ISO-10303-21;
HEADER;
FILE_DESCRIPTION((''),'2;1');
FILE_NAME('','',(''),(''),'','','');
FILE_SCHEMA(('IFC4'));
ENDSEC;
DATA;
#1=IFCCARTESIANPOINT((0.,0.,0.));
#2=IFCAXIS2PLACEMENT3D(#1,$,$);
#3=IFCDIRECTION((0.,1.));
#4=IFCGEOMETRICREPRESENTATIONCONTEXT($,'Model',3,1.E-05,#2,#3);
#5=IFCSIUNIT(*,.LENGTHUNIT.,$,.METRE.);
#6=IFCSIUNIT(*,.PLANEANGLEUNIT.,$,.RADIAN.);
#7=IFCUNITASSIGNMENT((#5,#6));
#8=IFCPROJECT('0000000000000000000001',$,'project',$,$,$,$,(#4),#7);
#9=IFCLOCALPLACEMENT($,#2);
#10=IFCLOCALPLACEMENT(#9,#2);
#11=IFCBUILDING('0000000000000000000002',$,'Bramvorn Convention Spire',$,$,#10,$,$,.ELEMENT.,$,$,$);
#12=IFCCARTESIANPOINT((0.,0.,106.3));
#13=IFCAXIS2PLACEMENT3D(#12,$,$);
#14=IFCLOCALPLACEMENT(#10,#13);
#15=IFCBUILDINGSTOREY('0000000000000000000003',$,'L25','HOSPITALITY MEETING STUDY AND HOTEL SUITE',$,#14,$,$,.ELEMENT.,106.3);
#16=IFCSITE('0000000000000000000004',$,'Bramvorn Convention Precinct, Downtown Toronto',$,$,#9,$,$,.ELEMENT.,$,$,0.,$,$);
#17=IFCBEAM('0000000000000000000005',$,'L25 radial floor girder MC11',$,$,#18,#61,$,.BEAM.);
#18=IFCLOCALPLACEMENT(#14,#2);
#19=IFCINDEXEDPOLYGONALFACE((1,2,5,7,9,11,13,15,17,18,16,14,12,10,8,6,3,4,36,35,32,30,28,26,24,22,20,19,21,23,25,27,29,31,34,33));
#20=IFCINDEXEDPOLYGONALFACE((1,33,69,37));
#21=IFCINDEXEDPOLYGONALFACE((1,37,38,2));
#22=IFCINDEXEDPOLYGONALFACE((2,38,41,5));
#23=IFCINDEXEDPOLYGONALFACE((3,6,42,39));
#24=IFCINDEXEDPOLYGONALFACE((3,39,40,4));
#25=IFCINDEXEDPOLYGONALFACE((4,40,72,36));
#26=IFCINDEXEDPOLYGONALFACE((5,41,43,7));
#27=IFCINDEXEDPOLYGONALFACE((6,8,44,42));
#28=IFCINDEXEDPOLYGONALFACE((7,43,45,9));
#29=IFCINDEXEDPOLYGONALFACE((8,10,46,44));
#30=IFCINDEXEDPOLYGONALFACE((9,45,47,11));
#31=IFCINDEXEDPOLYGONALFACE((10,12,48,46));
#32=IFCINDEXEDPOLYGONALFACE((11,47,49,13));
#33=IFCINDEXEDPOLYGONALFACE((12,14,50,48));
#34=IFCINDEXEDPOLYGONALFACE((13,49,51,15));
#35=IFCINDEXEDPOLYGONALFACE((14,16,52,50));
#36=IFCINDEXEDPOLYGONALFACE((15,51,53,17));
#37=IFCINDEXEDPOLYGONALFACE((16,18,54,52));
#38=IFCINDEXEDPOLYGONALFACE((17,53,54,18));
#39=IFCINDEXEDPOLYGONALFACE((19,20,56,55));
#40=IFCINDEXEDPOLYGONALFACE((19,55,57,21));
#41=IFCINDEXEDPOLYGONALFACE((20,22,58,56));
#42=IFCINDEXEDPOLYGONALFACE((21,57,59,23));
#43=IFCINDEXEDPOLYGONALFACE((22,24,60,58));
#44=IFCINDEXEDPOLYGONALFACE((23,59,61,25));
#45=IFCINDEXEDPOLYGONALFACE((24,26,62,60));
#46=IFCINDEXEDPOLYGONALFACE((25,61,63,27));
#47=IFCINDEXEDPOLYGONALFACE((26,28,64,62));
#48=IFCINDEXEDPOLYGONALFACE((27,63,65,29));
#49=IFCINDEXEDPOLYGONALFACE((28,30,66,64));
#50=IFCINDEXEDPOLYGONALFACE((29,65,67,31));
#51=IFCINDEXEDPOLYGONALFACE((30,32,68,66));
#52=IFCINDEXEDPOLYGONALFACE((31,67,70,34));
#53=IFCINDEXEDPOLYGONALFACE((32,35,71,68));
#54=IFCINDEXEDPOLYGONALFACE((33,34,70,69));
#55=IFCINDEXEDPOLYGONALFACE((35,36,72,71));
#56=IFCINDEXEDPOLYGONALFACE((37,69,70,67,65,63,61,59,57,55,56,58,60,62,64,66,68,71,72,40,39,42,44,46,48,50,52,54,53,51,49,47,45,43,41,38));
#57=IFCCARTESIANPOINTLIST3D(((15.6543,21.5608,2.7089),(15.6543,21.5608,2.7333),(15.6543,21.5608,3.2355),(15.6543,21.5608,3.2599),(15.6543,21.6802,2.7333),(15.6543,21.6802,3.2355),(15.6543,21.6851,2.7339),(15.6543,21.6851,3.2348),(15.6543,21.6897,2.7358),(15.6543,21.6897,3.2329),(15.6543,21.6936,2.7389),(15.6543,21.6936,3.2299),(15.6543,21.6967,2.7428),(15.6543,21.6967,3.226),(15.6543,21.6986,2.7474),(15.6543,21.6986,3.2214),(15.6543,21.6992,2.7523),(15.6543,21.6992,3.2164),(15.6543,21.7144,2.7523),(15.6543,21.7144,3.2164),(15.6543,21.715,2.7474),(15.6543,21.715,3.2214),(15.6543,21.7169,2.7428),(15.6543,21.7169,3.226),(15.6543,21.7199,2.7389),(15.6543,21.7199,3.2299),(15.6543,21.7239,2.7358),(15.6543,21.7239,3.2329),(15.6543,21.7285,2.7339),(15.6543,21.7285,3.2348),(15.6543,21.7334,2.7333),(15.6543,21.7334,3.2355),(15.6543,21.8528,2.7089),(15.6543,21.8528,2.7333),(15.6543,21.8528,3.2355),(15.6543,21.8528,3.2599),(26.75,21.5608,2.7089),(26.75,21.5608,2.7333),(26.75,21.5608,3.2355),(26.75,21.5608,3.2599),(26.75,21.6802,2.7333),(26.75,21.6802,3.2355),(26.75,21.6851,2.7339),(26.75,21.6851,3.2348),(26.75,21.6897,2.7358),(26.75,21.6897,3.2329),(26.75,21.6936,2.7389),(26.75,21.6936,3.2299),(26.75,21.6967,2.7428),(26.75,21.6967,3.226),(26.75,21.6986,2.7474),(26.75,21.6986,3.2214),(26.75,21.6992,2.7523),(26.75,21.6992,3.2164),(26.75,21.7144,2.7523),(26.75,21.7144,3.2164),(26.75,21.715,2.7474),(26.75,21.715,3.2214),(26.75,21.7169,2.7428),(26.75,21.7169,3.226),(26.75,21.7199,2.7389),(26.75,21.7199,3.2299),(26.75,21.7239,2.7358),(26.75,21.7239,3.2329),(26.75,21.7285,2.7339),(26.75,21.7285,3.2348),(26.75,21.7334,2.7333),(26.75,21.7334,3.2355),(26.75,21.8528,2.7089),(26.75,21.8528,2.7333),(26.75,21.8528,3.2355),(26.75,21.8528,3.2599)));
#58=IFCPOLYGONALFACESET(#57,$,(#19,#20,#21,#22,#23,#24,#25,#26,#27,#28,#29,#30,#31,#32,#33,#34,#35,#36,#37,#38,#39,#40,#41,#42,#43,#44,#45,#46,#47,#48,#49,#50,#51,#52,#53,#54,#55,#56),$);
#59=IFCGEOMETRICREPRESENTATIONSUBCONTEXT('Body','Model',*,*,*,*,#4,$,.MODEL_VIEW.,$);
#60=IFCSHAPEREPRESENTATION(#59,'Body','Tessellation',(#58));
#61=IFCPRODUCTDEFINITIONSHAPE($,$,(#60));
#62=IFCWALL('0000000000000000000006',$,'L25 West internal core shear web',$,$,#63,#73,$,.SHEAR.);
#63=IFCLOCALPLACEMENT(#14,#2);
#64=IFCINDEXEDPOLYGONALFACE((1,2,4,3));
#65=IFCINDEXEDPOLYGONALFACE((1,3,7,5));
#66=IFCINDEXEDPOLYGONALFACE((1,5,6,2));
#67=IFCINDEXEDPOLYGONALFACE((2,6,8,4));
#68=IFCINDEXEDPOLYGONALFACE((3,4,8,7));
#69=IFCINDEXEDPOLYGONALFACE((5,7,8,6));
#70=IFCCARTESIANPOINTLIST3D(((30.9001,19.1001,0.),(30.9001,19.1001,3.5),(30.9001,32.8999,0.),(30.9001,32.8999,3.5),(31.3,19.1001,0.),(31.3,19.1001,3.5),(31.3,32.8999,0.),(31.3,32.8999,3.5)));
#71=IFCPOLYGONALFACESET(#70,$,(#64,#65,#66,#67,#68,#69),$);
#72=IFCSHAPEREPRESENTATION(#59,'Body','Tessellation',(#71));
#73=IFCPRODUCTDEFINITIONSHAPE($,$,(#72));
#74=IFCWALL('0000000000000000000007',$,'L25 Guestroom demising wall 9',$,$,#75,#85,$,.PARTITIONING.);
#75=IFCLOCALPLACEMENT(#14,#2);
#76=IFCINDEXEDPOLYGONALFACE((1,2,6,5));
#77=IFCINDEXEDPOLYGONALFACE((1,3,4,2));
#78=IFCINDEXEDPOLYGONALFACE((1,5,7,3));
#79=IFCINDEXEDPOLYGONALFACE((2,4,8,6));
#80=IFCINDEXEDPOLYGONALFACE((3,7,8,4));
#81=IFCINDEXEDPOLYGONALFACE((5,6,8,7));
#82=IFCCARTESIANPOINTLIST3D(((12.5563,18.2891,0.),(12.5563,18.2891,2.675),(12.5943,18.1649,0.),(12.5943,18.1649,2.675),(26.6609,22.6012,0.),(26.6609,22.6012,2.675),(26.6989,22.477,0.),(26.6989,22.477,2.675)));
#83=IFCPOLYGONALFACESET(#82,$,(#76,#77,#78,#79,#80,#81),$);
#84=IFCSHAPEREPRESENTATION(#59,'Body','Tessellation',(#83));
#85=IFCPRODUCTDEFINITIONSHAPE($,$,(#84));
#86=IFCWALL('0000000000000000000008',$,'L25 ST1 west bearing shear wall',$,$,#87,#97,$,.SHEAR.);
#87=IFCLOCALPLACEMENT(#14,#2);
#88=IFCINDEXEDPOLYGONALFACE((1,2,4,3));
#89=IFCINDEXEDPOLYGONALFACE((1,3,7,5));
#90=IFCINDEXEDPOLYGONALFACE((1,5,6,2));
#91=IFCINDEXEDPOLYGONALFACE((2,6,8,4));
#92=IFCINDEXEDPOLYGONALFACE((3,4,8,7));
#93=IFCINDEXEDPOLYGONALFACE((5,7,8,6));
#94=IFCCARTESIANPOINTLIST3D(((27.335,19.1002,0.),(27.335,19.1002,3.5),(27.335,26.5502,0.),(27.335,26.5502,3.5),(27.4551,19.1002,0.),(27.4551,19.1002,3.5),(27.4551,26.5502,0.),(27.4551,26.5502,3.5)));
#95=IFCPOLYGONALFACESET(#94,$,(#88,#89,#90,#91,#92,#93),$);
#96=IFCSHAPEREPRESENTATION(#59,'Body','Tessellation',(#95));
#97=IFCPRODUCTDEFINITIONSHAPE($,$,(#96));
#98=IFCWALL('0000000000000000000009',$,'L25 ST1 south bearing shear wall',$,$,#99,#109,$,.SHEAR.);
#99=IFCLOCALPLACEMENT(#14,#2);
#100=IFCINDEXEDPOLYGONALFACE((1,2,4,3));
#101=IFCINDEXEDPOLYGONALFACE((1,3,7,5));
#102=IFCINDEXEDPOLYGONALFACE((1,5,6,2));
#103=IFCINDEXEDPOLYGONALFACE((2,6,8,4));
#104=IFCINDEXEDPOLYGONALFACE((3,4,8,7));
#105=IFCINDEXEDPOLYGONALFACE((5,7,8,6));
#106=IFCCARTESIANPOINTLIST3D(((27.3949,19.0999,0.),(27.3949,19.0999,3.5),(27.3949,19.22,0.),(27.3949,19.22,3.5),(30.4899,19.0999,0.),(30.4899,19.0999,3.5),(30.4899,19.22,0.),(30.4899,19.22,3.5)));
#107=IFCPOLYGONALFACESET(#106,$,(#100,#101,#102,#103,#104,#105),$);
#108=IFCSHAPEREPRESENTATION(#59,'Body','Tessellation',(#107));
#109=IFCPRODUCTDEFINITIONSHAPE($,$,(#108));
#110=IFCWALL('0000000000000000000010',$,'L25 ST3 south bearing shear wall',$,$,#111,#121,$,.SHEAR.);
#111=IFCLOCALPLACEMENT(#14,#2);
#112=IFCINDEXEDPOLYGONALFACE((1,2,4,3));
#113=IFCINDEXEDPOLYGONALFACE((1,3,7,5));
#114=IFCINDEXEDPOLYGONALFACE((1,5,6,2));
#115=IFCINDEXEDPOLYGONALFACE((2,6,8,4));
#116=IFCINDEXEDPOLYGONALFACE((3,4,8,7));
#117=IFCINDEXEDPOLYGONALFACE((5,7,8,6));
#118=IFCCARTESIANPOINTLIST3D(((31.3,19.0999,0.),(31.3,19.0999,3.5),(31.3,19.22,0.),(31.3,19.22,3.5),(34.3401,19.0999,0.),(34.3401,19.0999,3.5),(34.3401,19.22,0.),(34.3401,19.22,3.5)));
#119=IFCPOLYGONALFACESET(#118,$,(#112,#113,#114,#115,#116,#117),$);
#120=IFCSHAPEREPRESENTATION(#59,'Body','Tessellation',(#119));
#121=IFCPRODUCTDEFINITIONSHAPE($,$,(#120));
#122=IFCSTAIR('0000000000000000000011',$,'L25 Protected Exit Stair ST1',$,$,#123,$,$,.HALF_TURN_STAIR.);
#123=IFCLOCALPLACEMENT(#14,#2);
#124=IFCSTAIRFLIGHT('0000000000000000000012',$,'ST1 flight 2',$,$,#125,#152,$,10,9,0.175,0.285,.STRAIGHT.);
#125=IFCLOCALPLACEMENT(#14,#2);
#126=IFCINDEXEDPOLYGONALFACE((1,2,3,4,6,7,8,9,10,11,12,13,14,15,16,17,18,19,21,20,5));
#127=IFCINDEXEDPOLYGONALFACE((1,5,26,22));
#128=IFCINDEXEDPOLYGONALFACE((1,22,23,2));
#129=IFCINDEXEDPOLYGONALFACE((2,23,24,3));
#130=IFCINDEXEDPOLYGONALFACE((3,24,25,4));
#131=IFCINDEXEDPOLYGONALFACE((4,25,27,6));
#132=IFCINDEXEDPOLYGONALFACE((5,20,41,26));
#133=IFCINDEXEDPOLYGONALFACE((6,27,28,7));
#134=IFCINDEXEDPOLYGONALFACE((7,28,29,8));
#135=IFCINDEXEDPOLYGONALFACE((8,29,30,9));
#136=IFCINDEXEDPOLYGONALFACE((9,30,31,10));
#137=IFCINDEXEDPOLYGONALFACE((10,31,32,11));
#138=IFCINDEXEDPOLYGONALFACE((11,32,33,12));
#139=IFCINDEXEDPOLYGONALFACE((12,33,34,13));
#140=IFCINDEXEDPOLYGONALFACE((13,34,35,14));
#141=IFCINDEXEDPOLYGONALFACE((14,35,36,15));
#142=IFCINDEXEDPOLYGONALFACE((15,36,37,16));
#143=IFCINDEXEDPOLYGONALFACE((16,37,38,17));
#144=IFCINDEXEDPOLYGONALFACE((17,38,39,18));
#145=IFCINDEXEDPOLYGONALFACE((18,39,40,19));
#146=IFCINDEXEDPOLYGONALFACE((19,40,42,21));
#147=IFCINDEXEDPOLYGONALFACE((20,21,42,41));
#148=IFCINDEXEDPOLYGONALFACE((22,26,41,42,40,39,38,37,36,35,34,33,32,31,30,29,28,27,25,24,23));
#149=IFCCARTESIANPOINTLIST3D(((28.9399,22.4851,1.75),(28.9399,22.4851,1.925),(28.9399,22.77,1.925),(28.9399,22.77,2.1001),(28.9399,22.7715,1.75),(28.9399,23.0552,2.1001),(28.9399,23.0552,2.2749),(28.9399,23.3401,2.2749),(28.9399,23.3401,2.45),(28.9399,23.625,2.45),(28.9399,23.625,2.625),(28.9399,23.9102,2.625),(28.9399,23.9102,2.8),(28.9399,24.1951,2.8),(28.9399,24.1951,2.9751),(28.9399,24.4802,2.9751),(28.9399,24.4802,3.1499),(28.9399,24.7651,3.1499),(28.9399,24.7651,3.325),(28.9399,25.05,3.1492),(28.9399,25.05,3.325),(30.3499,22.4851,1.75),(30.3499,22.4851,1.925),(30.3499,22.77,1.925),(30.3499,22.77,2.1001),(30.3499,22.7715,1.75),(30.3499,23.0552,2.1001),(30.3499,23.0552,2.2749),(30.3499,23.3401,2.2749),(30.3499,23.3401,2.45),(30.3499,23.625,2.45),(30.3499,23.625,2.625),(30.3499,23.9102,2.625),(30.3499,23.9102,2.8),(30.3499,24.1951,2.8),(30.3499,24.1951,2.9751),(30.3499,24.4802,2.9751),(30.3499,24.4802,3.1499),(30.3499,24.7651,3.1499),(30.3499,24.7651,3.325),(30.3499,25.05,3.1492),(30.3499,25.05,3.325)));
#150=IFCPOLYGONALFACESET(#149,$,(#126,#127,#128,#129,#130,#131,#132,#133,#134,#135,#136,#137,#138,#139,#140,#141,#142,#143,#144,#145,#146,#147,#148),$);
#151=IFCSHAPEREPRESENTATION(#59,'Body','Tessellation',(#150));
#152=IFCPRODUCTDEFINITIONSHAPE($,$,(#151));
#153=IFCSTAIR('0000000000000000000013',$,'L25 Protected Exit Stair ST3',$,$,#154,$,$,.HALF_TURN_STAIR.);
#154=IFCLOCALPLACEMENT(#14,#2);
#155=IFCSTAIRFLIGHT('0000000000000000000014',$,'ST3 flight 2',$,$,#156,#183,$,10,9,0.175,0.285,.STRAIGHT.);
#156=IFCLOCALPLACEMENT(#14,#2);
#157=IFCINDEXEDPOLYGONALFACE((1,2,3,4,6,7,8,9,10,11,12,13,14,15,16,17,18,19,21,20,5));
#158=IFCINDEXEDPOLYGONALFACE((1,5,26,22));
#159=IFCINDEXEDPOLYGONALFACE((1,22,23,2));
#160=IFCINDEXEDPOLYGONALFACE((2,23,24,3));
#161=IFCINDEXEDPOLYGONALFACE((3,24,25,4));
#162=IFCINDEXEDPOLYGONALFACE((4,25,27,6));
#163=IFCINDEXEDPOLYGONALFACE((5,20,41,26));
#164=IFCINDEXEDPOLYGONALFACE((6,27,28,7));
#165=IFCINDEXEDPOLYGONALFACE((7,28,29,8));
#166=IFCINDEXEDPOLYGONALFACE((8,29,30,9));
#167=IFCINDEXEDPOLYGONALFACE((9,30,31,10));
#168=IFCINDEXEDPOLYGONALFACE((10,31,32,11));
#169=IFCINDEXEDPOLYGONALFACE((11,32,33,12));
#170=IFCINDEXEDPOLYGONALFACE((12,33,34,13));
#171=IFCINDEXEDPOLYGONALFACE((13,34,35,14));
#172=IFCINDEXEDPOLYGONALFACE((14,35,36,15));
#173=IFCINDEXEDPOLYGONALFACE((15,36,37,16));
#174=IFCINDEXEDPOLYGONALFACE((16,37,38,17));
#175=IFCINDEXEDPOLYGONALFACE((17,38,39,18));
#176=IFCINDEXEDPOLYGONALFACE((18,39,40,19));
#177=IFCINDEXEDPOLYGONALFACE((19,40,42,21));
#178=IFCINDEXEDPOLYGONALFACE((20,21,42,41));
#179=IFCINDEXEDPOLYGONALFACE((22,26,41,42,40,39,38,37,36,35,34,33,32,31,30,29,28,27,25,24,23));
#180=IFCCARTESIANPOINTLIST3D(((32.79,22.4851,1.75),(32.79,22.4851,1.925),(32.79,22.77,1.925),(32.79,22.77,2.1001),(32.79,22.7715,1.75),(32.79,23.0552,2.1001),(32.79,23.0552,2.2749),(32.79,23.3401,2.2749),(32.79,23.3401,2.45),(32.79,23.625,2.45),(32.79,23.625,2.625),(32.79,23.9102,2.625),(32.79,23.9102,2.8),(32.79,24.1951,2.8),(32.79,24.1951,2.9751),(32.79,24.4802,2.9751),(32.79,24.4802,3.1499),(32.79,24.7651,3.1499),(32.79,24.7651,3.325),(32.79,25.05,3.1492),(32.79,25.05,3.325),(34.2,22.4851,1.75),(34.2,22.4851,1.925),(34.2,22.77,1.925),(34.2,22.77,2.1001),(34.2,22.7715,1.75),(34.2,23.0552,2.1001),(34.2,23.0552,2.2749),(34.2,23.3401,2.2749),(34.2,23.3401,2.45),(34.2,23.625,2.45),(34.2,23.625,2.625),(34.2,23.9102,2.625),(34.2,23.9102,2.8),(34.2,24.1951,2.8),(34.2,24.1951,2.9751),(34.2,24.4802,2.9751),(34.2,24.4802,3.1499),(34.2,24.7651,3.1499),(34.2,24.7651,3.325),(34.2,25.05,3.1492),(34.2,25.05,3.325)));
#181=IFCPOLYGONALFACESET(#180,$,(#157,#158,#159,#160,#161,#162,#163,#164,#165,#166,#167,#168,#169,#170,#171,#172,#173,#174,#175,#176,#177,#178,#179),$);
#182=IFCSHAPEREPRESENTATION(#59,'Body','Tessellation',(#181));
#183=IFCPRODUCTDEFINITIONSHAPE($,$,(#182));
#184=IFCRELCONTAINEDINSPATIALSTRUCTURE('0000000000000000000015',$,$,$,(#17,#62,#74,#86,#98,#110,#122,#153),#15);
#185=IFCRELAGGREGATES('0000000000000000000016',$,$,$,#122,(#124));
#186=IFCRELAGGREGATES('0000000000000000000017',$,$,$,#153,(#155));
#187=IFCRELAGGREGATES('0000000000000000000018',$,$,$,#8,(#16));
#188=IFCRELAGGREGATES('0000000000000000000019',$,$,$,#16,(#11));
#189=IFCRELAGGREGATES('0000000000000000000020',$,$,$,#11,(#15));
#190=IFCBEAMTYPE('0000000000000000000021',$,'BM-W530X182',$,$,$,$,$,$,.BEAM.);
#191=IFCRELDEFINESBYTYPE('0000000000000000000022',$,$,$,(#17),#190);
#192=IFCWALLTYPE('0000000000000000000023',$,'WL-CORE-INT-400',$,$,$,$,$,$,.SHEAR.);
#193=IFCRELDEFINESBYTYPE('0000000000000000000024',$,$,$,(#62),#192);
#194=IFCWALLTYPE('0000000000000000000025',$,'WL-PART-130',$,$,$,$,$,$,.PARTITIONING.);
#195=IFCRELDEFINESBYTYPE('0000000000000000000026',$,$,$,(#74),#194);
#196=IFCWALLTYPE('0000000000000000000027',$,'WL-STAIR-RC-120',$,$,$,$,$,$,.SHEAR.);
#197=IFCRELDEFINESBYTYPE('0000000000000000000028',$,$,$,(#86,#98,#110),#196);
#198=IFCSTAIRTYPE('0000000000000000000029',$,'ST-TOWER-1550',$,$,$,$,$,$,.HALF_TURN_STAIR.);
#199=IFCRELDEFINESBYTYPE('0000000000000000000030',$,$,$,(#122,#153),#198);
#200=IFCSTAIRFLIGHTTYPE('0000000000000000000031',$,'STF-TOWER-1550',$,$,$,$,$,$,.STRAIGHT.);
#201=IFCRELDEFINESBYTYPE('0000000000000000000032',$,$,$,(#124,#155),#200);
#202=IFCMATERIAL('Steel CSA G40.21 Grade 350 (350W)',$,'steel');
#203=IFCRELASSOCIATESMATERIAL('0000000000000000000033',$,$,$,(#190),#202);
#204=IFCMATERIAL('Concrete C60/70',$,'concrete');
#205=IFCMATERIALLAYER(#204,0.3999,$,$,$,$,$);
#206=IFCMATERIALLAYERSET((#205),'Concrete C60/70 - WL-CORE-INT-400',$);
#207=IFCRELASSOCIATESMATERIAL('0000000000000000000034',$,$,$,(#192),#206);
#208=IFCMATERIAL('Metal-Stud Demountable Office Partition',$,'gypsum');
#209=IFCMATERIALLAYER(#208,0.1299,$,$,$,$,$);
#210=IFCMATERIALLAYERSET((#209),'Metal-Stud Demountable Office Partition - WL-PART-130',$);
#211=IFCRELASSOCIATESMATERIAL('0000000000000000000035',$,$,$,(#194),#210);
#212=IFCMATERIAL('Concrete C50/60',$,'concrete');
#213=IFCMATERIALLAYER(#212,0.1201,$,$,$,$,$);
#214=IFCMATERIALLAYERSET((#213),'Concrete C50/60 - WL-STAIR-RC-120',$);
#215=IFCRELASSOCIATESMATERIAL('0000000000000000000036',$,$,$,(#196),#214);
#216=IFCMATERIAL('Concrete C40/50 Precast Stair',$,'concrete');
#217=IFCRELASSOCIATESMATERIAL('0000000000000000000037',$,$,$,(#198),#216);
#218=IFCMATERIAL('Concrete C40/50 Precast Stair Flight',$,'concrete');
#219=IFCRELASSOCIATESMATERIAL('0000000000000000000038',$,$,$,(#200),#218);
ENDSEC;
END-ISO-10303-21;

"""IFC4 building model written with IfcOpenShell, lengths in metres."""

from ifc_helpers import new_model, si_unit, direction, frame, frame_2d, origin, origin_2d, place, context, subcontext, project, spatial, polyline, rectangle, i_section, outline, extrude, material, layer, layer_set, material_profile, profile_set, type_object, element, aggregate, save


model = new_model("IFC4")

# Units and contexts
model_context = context("Model", 3, precision=1e-05, world=origin(), true_north=direction((0.0, 1.0)))
body_context = subcontext(model_context, "Body", "Model", "MODEL_VIEW")
ifc_project = project(units=[si_unit("LENGTHUNIT", "METRE"), si_unit("PLANEANGLEUNIT", "RADIAN")], contexts=[model_context])

# Site, building, storey
site_placement = place(None, origin())
site = spatial("IfcSite", under=ifc_project, at=site_placement, Name="Bramvorn Convention Precinct, Downtown Toronto", CompositionType="ELEMENT", RefElevation=0.0)
building_placement = place(site_placement, origin())
building = spatial("IfcBuilding", under=site, at=building_placement, Name="Bramvorn Convention Spire", CompositionType="ELEMENT")
storey_placement = place(building_placement, frame((0.0, 0.0, 106.3)))
storey = spatial("IfcBuildingStorey", under=building, at=storey_placement, Name="L25", Description="HOSPITALITY MEETING STUDY AND HOTEL SUITE", CompositionType="ELEMENT", Elevation=106.3)

# Beam
ifc_material_1 = material(Name="Steel CSA G40.21 Grade 350 (350W)", Category="steel")
ifc_material_profile = material_profile(ifc_material_1, i_section(OverallWidth=0.292, OverallDepth=0.551, WebThickness=0.0151, FlangeThickness=0.0244, FilletRadius=0.019, at=origin_2d()))
ifc_profile_set = profile_set([ifc_material_profile], Name="Steel CSA G40.21 Grade 350 (350W) - W530X182")
beam_type = type_object("IfcBeamType", Name="BM-W530X182", PredefinedType="BEAM", material=ifc_profile_set)
beam_placement = place(storey_placement, frame((26.75, 21.7068, 2.9844), z_axis=(-1.0, 0.0, 0.0), x_axis=(0.0, -1.0, 0.0)))
element("IfcBeam", 1, at=beam_placement, inside=storey, type_object=beam_type, Name="L25 radial floor girder MC11", PredefinedType="BEAM", context=body_context, shape_type="SweptSolid", body=[
    extrude(i_section(OverallWidth=0.292, OverallDepth=0.551, WebThickness=0.0151, FlangeThickness=0.0244, FilletRadius=0.019, at=origin_2d()), origin(), (0.0, 0.0, 1.0), 11.0957),
])

# Walls
ifc_material_2 = material(Name="Concrete C60/70", Category="concrete")
ifc_layer_1 = layer(ifc_material_2, 0.3999)
ifc_layer_set_1 = layer_set([ifc_layer_1], Name="Concrete C60/70 - WL-CORE-INT-400")
wall_type_1 = type_object("IfcWallType", Name="WL-CORE-INT-400", PredefinedType="SHEAR", material=ifc_layer_set_1)
wall_1_placement = place(storey_placement, frame((31.1001, 19.1001, 0.0), z_axis=(0.0, 0.0, 1.0), x_axis=(0.0, 1.0, 0.0)))
element("IfcWall", 2, at=wall_1_placement, inside=storey, type_object=wall_type_1, Name="L25 West internal core shear web", PredefinedType="SHEAR", context=body_context, shape_type="SweptSolid", body=[
    extrude(rectangle(XDim=13.7998, YDim=0.3999, at=frame_2d((6.8999, 0.0))), origin(), (0.0, 0.0, 1.0), 3.5),
])
ifc_material_3 = material(Name="Metal-Stud Demountable Office Partition", Category="gypsum")
ifc_layer_2 = layer(ifc_material_3, 0.1299)
ifc_layer_set_2 = layer_set([ifc_layer_2], Name="Metal-Stud Demountable Office Partition - WL-PART-130")
wall_type_2 = type_object("IfcWallType", Name="WL-PART-130", PredefinedType="PARTITIONING", material=ifc_layer_set_2)
wall_2_placement = place(storey_placement, frame((26.6799, 22.5391, 0.0), z_axis=(0.0, 0.0, 1.0), x_axis=(-0.956308, -0.292362, 0.0)))
element("IfcWall", 3, at=wall_2_placement, inside=storey, type_object=wall_type_2, Name="L25 Guestroom demising wall 9", PredefinedType="PARTITIONING", context=body_context, shape_type="SweptSolid", body=[
    extrude(rectangle(XDim=14.749, YDim=0.1299, at=frame_2d((7.3745, 0.0))), origin(), (0.0, 0.0, 1.0), 2.675),
])
ifc_material_4 = material(Name="Concrete C50/60", Category="concrete")
ifc_layer_3 = layer(ifc_material_4, 0.1201)
ifc_layer_set_3 = layer_set([ifc_layer_3], Name="Concrete C50/60 - WL-STAIR-RC-120")
wall_type_3 = type_object("IfcWallType", Name="WL-STAIR-RC-120", PredefinedType="SHEAR", material=ifc_layer_set_3)
wall_3_placement = place(storey_placement, frame((27.395, 19.1001, 0.0), z_axis=(0.0, 0.0, 1.0), x_axis=(0.0, 1.0, 0.0)))
element("IfcWall", 4, at=wall_3_placement, inside=storey, type_object=wall_type_3, Name="L25 ST1 west bearing shear wall", PredefinedType="SHEAR", context=body_context, shape_type="SweptSolid", body=[
    extrude(rectangle(XDim=7.45, YDim=0.1201, at=frame_2d((3.7251, 0.0))), origin(), (0.0, 0.0, 1.0), 3.5),
])
wall_4_placement = place(storey_placement, frame((27.395, 19.1599, 0.0), z_axis=(0.0, 0.0, 1.0), x_axis=(1.0, 0.0, 0.0)))
element("IfcWall", 5, at=wall_4_placement, inside=storey, type_object=wall_type_3, Name="L25 ST1 south bearing shear wall", PredefinedType="SHEAR", context=body_context, shape_type="SweptSolid", body=[
    extrude(rectangle(XDim=3.095, YDim=0.1201, at=frame_2d((1.5474, 0.0))), origin(), (0.0, 0.0, 1.0), 3.5),
])
wall_5_placement = place(storey_placement, frame((31.3, 19.1599, 0.0), z_axis=(0.0, 0.0, 1.0), x_axis=(1.0, 0.0, 0.0)))
element("IfcWall", 6, at=wall_5_placement, inside=storey, type_object=wall_type_3, Name="L25 ST3 south bearing shear wall", PredefinedType="SHEAR", context=body_context, shape_type="SweptSolid", body=[
    extrude(rectangle(XDim=3.04, YDim=0.1201, at=frame_2d((1.52, 0.0))), origin(), (0.0, 0.0, 1.0), 3.5),
])

# Stairs, stair flights
ifc_material_5 = material(Name="Concrete C40/50 Precast Stair", Category="concrete")
stair_type = type_object("IfcStairType", Name="ST-TOWER-1550", PredefinedType="HALF_TURN_STAIR", material=ifc_material_5)
stair_1_placement = place(storey_placement, origin())
stair_1 = element("IfcStair", 7, at=stair_1_placement, inside=storey, type_object=stair_type, Name="L25 Protected Exit Stair ST1", PredefinedType="HALF_TURN_STAIR")
ifc_material_6 = material(Name="Concrete C40/50 Precast Stair Flight", Category="concrete")
stair_flight_type = type_object("IfcStairFlightType", Name="STF-TOWER-1550", PredefinedType="STRAIGHT", material=ifc_material_6)
stair_flight_1_placement = place(storey_placement, frame((29.645, 22.4851, 1.75), z_axis=(0.0, 0.0, 1.0), x_axis=(0.0, 1.0, 0.0)))
stair_flight_1 = element("IfcStairFlight", 8, at=stair_flight_1_placement, type_object=stair_flight_type, Name="ST1 flight 2", NumberOfRisers=10, NumberOfTreads=9, PredefinedType="STRAIGHT", RiserHeight=0.175, TreadLength=0.285, context=body_context, shape_type="SweptSolid", body=[
    extrude(outline(polyline([(0.0, 0.0), (0.0, 0.175), (0.2849, 0.175), (0.2849, 0.3501), (0.5701, 0.3501), (0.5701, 0.5249), (0.855, 0.5249), (0.855, 0.7), (1.1399, 0.7), (1.1399, 0.875), (1.425, 0.875), (1.425, 1.05), (1.71, 1.05), (1.71, 1.2251), (1.9951, 1.2251), (1.9951, 1.3999), (2.28, 1.3999), (2.28, 1.575), (2.5649, 1.575), (2.5649, 1.75), (2.5649, 1.3992), (0.2864, 0.0), (0.0, 0.0)])), frame((0.0, 0.7051, 0.0), z_axis=(0.0, -1.0, 0.0), x_axis=(1.0, 0.0, 0.0)), (0.0, 0.0, 1.0), 1.4099),
])
aggregate(stair_1, [stair_flight_1])
stair_2_placement = place(storey_placement, origin())
stair_2 = element("IfcStair", 9, at=stair_2_placement, inside=storey, type_object=stair_type, Name="L25 Protected Exit Stair ST3", PredefinedType="HALF_TURN_STAIR")
stair_flight_2_placement = place(storey_placement, frame((33.4951, 22.4851, 1.75), z_axis=(0.0, 0.0, 1.0), x_axis=(0.0, 1.0, 0.0)))
stair_flight_2 = element("IfcStairFlight", 10, at=stair_flight_2_placement, type_object=stair_flight_type, Name="ST3 flight 2", NumberOfRisers=10, NumberOfTreads=9, PredefinedType="STRAIGHT", RiserHeight=0.175, TreadLength=0.285, context=body_context, shape_type="SweptSolid", body=[
    extrude(outline(polyline([(0.0, 0.0), (0.0, 0.175), (0.2849, 0.175), (0.2849, 0.3501), (0.5701, 0.3501), (0.5701, 0.5249), (0.855, 0.5249), (0.855, 0.7), (1.1399, 0.7), (1.1399, 0.875), (1.425, 0.875), (1.425, 1.05), (1.71, 1.05), (1.71, 1.2251), (1.9951, 1.2251), (1.9951, 1.3999), (2.28, 1.3999), (2.28, 1.575), (2.5649, 1.575), (2.5649, 1.75), (2.5649, 1.3992), (0.2864, 0.0), (0.0, 0.0)])), frame((0.0, 0.7051, 0.0), z_axis=(0.0, -1.0, 0.0), x_axis=(1.0, 0.0, 0.0)), (0.0, 0.0, 1.0), 1.4099),
])
aggregate(stair_2, [stair_flight_2])

save(model, "model.ifc")
